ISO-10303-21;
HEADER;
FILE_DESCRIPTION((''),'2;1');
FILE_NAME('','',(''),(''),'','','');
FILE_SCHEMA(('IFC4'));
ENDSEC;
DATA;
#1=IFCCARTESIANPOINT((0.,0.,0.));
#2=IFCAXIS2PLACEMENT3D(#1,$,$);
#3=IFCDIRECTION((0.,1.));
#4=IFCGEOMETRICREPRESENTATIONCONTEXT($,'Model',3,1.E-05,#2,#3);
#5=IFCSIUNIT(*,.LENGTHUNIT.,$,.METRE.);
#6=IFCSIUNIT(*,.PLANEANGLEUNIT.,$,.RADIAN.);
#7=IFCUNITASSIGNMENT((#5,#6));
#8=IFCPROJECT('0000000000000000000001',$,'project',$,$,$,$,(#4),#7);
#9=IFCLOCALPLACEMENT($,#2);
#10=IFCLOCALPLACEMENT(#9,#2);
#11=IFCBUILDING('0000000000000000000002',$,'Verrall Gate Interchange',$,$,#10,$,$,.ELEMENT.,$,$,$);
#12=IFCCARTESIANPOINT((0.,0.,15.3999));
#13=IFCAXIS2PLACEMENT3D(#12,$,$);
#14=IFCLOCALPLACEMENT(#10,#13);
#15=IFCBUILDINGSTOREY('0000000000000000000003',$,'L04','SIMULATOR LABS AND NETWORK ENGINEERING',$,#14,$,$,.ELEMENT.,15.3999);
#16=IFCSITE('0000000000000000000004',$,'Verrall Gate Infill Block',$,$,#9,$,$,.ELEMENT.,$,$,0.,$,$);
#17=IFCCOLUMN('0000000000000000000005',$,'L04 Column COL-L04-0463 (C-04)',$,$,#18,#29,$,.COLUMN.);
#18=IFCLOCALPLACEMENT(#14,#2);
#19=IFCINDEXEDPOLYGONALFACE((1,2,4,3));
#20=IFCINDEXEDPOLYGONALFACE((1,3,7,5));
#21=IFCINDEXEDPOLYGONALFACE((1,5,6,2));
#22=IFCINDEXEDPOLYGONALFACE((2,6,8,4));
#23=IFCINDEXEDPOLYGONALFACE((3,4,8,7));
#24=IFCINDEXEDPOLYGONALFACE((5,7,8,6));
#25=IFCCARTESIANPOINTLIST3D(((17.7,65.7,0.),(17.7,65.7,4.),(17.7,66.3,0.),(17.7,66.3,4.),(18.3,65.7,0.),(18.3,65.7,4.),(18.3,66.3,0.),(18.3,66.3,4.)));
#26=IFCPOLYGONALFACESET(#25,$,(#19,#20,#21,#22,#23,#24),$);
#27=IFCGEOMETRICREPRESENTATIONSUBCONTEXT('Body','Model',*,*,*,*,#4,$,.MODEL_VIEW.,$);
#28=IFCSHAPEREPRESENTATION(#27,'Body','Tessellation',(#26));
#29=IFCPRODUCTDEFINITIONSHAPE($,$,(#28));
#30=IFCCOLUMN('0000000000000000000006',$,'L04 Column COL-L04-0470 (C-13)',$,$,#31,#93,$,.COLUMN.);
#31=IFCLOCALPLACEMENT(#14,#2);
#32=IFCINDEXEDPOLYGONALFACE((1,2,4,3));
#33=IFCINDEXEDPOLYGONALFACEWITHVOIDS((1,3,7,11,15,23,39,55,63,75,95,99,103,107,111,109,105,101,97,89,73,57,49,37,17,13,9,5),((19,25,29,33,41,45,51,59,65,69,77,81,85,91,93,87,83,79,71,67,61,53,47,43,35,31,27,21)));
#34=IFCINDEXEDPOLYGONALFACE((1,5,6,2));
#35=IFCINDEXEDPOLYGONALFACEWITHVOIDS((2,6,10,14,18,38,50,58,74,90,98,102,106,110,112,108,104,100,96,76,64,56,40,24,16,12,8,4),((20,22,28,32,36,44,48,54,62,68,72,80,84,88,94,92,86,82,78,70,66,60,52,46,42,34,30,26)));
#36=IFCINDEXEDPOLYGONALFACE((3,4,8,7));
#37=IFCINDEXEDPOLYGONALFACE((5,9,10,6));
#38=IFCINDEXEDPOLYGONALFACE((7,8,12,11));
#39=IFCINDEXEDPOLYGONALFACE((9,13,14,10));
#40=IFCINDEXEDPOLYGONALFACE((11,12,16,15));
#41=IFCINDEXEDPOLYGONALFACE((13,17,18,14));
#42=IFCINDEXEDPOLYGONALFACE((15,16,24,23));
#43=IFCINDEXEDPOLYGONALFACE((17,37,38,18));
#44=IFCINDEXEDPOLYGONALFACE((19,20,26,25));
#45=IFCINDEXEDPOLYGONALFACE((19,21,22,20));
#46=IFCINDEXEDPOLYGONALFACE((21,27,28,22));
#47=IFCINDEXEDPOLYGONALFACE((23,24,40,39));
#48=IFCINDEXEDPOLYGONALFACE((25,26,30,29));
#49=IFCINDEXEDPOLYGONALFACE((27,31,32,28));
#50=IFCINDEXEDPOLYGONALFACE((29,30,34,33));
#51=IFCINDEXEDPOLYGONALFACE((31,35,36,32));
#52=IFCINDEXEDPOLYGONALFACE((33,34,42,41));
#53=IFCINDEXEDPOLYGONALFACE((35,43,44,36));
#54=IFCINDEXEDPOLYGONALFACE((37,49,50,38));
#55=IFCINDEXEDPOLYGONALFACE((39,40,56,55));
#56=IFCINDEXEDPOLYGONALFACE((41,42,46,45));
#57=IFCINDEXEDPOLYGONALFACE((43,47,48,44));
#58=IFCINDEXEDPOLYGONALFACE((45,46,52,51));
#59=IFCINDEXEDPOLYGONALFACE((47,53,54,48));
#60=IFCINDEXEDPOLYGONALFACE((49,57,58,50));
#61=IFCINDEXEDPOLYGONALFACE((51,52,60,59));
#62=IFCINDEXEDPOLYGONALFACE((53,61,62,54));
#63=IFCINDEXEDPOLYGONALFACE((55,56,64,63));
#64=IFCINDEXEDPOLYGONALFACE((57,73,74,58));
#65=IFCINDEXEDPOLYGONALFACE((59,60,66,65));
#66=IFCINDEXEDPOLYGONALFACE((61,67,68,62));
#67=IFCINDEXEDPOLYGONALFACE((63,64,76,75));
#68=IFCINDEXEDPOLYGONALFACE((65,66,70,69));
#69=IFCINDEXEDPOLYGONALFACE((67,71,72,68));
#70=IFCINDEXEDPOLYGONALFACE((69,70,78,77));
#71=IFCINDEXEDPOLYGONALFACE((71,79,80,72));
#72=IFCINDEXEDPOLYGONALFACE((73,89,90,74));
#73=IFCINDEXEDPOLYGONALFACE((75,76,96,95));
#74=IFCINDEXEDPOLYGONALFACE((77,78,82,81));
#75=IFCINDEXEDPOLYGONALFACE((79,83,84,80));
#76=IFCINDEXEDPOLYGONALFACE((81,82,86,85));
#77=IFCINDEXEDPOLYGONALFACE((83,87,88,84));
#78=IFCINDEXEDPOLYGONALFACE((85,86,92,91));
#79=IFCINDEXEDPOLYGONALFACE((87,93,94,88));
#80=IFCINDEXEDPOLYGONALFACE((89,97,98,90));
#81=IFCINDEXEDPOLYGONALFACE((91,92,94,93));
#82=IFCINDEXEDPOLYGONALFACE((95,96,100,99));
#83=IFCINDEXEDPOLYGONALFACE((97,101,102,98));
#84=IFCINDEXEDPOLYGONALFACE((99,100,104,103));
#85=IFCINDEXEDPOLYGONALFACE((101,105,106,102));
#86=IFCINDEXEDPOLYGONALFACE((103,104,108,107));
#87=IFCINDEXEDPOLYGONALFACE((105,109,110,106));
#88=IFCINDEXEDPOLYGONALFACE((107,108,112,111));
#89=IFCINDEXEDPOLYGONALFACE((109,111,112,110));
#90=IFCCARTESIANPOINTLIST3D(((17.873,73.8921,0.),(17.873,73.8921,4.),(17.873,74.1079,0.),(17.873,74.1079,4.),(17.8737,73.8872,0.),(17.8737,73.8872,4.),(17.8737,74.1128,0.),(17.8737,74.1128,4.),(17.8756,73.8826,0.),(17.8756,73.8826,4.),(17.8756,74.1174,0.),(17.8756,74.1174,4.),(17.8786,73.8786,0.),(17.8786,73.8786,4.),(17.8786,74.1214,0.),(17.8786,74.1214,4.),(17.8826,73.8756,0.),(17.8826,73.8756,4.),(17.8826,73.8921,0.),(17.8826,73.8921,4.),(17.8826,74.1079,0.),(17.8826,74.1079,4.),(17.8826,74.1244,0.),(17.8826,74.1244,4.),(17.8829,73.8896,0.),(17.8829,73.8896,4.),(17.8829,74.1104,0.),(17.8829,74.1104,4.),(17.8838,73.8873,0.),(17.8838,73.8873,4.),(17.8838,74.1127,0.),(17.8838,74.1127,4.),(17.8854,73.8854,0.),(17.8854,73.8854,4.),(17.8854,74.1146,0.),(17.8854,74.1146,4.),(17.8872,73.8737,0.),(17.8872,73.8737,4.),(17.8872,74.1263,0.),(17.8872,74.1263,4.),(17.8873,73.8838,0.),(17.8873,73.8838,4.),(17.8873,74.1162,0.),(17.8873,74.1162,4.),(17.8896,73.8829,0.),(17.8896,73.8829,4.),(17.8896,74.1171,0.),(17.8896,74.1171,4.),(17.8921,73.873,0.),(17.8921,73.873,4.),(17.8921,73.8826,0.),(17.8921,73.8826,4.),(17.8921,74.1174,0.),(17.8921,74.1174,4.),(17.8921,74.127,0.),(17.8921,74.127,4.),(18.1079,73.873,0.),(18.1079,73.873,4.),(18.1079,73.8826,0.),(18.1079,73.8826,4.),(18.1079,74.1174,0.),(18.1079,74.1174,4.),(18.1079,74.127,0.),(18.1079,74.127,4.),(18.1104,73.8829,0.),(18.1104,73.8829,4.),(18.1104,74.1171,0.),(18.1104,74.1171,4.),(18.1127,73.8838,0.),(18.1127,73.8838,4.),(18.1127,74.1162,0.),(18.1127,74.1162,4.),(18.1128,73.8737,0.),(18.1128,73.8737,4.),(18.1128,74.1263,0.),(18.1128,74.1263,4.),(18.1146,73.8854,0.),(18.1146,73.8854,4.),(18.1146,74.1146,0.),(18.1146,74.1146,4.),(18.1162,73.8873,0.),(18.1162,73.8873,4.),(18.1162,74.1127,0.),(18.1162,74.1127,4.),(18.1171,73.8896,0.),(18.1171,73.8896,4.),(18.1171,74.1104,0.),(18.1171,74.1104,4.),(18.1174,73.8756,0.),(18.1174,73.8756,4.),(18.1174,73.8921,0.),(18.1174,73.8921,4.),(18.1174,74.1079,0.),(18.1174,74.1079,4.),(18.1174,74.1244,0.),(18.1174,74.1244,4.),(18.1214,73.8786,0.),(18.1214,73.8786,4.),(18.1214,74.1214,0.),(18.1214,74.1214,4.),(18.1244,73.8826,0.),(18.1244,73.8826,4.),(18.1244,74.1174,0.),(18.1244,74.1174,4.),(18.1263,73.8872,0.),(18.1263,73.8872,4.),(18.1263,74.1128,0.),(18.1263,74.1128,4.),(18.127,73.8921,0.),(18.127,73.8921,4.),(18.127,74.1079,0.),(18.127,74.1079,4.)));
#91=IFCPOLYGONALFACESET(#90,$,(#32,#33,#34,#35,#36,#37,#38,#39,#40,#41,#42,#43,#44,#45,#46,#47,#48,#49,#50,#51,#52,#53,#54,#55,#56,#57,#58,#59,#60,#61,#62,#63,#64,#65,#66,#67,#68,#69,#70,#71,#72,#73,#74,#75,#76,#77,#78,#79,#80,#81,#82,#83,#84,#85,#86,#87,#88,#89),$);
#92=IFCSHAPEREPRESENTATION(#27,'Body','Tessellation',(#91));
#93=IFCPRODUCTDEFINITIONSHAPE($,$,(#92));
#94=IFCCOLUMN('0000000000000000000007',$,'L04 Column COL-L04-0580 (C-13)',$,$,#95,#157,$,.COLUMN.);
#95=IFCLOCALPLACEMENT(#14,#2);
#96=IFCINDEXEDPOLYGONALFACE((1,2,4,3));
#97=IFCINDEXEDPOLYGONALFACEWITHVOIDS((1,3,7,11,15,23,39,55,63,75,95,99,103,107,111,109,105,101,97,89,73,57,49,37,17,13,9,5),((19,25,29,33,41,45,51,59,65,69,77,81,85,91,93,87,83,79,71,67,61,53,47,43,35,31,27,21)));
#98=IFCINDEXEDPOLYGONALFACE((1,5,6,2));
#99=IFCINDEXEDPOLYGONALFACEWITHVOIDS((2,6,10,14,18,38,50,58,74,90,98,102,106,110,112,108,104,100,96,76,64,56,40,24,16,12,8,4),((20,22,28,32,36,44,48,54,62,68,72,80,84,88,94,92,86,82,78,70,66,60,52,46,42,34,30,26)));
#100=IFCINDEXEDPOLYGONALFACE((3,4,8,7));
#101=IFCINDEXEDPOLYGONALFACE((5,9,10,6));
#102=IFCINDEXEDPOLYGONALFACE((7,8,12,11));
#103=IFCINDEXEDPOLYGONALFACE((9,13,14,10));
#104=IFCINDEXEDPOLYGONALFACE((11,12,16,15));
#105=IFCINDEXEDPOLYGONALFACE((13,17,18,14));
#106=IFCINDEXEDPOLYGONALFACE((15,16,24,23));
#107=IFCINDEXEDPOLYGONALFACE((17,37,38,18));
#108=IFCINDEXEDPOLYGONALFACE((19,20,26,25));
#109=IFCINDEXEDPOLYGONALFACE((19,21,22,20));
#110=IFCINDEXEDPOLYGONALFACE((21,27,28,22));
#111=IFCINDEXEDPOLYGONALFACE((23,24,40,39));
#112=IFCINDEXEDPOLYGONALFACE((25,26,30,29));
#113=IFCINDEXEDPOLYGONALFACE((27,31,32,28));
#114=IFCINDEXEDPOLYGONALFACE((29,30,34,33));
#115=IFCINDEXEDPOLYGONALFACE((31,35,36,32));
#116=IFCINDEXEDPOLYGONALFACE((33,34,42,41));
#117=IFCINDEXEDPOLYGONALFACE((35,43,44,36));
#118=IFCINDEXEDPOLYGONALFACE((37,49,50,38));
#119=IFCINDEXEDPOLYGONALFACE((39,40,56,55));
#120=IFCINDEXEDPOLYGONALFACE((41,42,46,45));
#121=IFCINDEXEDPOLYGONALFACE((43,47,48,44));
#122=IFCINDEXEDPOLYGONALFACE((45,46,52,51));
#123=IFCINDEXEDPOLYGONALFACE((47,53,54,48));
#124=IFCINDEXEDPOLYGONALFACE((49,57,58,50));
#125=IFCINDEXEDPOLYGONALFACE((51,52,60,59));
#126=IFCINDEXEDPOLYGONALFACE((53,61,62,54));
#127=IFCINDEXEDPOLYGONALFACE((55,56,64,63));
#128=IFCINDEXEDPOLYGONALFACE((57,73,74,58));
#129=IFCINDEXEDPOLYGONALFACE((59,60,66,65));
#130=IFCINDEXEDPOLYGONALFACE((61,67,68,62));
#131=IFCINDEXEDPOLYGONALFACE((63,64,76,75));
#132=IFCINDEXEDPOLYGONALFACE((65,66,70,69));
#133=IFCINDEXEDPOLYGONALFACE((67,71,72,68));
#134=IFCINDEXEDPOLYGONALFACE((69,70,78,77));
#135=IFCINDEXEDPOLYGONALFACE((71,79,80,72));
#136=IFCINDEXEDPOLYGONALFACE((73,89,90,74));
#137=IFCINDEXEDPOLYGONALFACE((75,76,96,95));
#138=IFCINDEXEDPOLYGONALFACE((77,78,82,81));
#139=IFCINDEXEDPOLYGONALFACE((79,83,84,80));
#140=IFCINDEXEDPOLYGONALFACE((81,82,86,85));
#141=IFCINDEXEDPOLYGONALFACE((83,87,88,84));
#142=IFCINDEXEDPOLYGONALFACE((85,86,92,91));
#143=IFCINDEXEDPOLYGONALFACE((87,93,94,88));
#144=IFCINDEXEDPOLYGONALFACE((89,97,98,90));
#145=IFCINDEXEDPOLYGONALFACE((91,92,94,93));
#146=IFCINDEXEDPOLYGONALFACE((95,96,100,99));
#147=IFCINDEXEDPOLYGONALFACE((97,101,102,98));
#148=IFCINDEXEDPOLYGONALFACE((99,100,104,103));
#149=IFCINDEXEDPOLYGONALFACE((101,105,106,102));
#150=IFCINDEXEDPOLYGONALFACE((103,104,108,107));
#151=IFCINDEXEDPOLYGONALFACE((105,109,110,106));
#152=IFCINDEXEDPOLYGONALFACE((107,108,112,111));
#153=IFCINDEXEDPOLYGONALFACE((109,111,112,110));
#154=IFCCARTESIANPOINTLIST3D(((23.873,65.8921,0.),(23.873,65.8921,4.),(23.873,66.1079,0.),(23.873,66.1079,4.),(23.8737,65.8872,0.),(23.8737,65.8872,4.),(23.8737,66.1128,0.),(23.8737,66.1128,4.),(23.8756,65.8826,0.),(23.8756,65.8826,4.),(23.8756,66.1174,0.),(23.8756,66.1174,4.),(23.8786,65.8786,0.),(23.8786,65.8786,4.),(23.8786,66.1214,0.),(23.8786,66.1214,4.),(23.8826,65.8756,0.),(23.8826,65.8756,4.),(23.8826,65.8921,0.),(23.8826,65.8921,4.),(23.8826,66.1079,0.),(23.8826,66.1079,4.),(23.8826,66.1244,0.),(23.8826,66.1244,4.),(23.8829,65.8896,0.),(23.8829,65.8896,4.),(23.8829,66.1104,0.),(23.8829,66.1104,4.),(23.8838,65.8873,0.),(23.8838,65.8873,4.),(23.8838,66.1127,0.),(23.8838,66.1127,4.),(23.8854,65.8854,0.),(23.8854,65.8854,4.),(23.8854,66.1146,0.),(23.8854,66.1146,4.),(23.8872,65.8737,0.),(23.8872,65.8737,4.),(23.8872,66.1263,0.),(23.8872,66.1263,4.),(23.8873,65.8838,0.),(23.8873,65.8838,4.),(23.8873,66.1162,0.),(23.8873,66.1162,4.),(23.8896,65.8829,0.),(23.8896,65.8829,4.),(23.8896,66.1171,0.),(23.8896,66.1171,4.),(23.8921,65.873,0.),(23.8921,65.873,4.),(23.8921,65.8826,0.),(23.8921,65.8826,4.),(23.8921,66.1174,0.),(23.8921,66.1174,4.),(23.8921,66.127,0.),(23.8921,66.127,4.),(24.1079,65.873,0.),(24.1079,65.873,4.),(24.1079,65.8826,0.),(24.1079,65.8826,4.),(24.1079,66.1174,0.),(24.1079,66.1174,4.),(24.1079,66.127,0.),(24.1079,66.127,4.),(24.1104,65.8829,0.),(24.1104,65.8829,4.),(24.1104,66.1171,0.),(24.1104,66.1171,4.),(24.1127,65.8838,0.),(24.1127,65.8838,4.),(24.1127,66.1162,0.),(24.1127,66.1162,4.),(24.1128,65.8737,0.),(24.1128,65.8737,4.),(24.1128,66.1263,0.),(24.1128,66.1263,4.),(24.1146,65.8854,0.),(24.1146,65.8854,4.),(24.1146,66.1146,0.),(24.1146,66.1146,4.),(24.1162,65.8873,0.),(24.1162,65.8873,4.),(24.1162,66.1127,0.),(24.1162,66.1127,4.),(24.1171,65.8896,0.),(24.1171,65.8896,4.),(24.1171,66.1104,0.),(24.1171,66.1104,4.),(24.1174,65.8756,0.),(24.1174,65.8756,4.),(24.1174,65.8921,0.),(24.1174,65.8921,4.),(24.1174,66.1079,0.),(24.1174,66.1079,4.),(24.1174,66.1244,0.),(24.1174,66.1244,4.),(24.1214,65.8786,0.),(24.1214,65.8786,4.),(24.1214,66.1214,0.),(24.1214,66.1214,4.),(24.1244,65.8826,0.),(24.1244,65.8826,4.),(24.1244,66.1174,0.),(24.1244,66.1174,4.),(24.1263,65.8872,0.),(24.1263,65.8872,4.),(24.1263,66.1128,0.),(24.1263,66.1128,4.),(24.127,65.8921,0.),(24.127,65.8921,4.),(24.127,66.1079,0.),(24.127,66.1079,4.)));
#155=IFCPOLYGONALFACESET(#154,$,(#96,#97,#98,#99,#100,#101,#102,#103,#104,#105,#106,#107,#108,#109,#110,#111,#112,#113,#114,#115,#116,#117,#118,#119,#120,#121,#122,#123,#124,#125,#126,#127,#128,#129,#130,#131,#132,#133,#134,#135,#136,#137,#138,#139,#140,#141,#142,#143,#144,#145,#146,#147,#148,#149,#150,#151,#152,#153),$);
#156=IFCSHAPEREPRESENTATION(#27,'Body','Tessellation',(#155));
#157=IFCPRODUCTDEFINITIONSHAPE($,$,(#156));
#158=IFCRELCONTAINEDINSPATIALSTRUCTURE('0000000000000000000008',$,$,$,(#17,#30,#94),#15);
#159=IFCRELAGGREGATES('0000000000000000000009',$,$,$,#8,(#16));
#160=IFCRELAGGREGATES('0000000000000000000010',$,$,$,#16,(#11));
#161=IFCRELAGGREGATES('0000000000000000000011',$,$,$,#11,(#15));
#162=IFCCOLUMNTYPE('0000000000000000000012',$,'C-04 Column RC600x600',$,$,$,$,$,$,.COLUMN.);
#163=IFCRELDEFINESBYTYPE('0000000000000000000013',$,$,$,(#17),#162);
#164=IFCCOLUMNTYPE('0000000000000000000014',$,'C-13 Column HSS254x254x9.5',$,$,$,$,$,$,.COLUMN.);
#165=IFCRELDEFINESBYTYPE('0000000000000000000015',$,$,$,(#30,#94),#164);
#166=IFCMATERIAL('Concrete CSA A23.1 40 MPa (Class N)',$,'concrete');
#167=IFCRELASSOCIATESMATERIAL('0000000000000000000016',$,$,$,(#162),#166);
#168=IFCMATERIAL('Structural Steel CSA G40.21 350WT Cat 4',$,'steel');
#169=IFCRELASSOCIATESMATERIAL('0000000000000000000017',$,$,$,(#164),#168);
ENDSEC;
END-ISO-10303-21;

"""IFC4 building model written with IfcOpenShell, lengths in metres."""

from ifc_helpers import new_model, si_unit, direction, frame, origin, origin_2d, place, context, subcontext, project, spatial, rectangle, hollow_rectangle, extrude, material, material_profile, profile_set, type_object, element, save


model = new_model("IFC4")

# Units and contexts
model_context = context("Model", 3, precision=1e-05, world=origin(), true_north=direction((0.0, 1.0)))
body_context = subcontext(model_context, "Body", "Model", "MODEL_VIEW")
ifc_project = project(units=[si_unit("LENGTHUNIT", "METRE"), si_unit("PLANEANGLEUNIT", "RADIAN")], contexts=[model_context])

# Site, building, storey
site_placement = place(None, origin())
site = spatial("IfcSite", under=ifc_project, at=site_placement, Name="Verrall Gate Infill Block", CompositionType="ELEMENT", RefElevation=0.0)
building_placement = place(site_placement, origin())
building = spatial("IfcBuilding", under=site, at=building_placement, Name="Verrall Gate Interchange", CompositionType="ELEMENT")
storey_placement = place(building_placement, frame((0.0, 0.0, 15.3999)))
storey = spatial("IfcBuildingStorey", under=building, at=storey_placement, Name="L04", Description="SIMULATOR LABS AND NETWORK ENGINEERING", CompositionType="ELEMENT", Elevation=15.3999)

# Columns
ifc_material_1 = material(Name="Concrete CSA A23.1 40 MPa (Class N)", Category="concrete")
ifc_material_profile_1 = material_profile(ifc_material_1, rectangle(XDim=0.6001, YDim=0.6001, at=origin_2d()), Name="RC600x600")
ifc_profile_set_1 = profile_set([ifc_material_profile_1], Name="Concrete CSA A23.1 40 MPa (Class N)")
column_type_1 = type_object("IfcColumnType", Name="C-04 Column RC600x600", PredefinedType="COLUMN", material=ifc_profile_set_1)
column_placement = place(storey_placement, frame((18.0, 66.0, 0.0), z_axis=(0.0, 0.0, 1.0), x_axis=(1.0, 0.0, 0.0)))
element("IfcColumn", 1, at=column_placement, inside=storey, type_object=column_type_1, Name="L04 Column COL-L04-0463 (C-04)", PredefinedType="COLUMN", context=body_context, shape_type="SweptSolid", body=[
    extrude(rectangle(XDim=0.6001, YDim=0.6001, at=origin_2d()), origin(), (0.0, 0.0, 1.0), 4.0),
])
ifc_material_2 = material(Name="Structural Steel CSA G40.21 350WT Cat 4", Category="steel")
ifc_material_profile_2 = material_profile(ifc_material_2, hollow_rectangle(XDim=0.2539, YDim=0.2539, WallThickness=0.0095, InnerFilletRadius=0.0095, OuterFilletRadius=0.019, at=origin_2d()), Name="HSS254x254x9.5")
ifc_profile_set_2 = profile_set([ifc_material_profile_2], Name="Structural Steel CSA G40.21 350WT Cat 4")
column_type_2 = type_object("IfcColumnType", Name="C-13 Column HSS254x254x9.5", PredefinedType="COLUMN", material=ifc_profile_set_2)
for number, where, z_axis, x_axis, name in (
    (2, (18.0, 74.0, 0.0), (0.0, 0.0, 1.0), (1.0, 0.0, 0.0), "L04 Column COL-L04-0470 (C-13)"),
    (3, (24.0, 66.0, 0.0), (0.0, 0.0, 1.0), (1.0, 0.0, 0.0), "L04 Column COL-L04-0580 (C-13)"),
):
    element("IfcColumn", number, at=place(storey_placement, frame(where, z_axis=z_axis, x_axis=x_axis)), inside=storey, type_object=column_type_2, Name=name, PredefinedType="COLUMN", context=body_context, shape_type="SweptSolid", body=[
        extrude(hollow_rectangle(XDim=0.2539, YDim=0.2539, WallThickness=0.0095, InnerFilletRadius=0.0095, OuterFilletRadius=0.019, at=origin_2d()), origin(), (0.0, 0.0, 1.0), 4.0),
    ])

save(model, "model.ifc")
